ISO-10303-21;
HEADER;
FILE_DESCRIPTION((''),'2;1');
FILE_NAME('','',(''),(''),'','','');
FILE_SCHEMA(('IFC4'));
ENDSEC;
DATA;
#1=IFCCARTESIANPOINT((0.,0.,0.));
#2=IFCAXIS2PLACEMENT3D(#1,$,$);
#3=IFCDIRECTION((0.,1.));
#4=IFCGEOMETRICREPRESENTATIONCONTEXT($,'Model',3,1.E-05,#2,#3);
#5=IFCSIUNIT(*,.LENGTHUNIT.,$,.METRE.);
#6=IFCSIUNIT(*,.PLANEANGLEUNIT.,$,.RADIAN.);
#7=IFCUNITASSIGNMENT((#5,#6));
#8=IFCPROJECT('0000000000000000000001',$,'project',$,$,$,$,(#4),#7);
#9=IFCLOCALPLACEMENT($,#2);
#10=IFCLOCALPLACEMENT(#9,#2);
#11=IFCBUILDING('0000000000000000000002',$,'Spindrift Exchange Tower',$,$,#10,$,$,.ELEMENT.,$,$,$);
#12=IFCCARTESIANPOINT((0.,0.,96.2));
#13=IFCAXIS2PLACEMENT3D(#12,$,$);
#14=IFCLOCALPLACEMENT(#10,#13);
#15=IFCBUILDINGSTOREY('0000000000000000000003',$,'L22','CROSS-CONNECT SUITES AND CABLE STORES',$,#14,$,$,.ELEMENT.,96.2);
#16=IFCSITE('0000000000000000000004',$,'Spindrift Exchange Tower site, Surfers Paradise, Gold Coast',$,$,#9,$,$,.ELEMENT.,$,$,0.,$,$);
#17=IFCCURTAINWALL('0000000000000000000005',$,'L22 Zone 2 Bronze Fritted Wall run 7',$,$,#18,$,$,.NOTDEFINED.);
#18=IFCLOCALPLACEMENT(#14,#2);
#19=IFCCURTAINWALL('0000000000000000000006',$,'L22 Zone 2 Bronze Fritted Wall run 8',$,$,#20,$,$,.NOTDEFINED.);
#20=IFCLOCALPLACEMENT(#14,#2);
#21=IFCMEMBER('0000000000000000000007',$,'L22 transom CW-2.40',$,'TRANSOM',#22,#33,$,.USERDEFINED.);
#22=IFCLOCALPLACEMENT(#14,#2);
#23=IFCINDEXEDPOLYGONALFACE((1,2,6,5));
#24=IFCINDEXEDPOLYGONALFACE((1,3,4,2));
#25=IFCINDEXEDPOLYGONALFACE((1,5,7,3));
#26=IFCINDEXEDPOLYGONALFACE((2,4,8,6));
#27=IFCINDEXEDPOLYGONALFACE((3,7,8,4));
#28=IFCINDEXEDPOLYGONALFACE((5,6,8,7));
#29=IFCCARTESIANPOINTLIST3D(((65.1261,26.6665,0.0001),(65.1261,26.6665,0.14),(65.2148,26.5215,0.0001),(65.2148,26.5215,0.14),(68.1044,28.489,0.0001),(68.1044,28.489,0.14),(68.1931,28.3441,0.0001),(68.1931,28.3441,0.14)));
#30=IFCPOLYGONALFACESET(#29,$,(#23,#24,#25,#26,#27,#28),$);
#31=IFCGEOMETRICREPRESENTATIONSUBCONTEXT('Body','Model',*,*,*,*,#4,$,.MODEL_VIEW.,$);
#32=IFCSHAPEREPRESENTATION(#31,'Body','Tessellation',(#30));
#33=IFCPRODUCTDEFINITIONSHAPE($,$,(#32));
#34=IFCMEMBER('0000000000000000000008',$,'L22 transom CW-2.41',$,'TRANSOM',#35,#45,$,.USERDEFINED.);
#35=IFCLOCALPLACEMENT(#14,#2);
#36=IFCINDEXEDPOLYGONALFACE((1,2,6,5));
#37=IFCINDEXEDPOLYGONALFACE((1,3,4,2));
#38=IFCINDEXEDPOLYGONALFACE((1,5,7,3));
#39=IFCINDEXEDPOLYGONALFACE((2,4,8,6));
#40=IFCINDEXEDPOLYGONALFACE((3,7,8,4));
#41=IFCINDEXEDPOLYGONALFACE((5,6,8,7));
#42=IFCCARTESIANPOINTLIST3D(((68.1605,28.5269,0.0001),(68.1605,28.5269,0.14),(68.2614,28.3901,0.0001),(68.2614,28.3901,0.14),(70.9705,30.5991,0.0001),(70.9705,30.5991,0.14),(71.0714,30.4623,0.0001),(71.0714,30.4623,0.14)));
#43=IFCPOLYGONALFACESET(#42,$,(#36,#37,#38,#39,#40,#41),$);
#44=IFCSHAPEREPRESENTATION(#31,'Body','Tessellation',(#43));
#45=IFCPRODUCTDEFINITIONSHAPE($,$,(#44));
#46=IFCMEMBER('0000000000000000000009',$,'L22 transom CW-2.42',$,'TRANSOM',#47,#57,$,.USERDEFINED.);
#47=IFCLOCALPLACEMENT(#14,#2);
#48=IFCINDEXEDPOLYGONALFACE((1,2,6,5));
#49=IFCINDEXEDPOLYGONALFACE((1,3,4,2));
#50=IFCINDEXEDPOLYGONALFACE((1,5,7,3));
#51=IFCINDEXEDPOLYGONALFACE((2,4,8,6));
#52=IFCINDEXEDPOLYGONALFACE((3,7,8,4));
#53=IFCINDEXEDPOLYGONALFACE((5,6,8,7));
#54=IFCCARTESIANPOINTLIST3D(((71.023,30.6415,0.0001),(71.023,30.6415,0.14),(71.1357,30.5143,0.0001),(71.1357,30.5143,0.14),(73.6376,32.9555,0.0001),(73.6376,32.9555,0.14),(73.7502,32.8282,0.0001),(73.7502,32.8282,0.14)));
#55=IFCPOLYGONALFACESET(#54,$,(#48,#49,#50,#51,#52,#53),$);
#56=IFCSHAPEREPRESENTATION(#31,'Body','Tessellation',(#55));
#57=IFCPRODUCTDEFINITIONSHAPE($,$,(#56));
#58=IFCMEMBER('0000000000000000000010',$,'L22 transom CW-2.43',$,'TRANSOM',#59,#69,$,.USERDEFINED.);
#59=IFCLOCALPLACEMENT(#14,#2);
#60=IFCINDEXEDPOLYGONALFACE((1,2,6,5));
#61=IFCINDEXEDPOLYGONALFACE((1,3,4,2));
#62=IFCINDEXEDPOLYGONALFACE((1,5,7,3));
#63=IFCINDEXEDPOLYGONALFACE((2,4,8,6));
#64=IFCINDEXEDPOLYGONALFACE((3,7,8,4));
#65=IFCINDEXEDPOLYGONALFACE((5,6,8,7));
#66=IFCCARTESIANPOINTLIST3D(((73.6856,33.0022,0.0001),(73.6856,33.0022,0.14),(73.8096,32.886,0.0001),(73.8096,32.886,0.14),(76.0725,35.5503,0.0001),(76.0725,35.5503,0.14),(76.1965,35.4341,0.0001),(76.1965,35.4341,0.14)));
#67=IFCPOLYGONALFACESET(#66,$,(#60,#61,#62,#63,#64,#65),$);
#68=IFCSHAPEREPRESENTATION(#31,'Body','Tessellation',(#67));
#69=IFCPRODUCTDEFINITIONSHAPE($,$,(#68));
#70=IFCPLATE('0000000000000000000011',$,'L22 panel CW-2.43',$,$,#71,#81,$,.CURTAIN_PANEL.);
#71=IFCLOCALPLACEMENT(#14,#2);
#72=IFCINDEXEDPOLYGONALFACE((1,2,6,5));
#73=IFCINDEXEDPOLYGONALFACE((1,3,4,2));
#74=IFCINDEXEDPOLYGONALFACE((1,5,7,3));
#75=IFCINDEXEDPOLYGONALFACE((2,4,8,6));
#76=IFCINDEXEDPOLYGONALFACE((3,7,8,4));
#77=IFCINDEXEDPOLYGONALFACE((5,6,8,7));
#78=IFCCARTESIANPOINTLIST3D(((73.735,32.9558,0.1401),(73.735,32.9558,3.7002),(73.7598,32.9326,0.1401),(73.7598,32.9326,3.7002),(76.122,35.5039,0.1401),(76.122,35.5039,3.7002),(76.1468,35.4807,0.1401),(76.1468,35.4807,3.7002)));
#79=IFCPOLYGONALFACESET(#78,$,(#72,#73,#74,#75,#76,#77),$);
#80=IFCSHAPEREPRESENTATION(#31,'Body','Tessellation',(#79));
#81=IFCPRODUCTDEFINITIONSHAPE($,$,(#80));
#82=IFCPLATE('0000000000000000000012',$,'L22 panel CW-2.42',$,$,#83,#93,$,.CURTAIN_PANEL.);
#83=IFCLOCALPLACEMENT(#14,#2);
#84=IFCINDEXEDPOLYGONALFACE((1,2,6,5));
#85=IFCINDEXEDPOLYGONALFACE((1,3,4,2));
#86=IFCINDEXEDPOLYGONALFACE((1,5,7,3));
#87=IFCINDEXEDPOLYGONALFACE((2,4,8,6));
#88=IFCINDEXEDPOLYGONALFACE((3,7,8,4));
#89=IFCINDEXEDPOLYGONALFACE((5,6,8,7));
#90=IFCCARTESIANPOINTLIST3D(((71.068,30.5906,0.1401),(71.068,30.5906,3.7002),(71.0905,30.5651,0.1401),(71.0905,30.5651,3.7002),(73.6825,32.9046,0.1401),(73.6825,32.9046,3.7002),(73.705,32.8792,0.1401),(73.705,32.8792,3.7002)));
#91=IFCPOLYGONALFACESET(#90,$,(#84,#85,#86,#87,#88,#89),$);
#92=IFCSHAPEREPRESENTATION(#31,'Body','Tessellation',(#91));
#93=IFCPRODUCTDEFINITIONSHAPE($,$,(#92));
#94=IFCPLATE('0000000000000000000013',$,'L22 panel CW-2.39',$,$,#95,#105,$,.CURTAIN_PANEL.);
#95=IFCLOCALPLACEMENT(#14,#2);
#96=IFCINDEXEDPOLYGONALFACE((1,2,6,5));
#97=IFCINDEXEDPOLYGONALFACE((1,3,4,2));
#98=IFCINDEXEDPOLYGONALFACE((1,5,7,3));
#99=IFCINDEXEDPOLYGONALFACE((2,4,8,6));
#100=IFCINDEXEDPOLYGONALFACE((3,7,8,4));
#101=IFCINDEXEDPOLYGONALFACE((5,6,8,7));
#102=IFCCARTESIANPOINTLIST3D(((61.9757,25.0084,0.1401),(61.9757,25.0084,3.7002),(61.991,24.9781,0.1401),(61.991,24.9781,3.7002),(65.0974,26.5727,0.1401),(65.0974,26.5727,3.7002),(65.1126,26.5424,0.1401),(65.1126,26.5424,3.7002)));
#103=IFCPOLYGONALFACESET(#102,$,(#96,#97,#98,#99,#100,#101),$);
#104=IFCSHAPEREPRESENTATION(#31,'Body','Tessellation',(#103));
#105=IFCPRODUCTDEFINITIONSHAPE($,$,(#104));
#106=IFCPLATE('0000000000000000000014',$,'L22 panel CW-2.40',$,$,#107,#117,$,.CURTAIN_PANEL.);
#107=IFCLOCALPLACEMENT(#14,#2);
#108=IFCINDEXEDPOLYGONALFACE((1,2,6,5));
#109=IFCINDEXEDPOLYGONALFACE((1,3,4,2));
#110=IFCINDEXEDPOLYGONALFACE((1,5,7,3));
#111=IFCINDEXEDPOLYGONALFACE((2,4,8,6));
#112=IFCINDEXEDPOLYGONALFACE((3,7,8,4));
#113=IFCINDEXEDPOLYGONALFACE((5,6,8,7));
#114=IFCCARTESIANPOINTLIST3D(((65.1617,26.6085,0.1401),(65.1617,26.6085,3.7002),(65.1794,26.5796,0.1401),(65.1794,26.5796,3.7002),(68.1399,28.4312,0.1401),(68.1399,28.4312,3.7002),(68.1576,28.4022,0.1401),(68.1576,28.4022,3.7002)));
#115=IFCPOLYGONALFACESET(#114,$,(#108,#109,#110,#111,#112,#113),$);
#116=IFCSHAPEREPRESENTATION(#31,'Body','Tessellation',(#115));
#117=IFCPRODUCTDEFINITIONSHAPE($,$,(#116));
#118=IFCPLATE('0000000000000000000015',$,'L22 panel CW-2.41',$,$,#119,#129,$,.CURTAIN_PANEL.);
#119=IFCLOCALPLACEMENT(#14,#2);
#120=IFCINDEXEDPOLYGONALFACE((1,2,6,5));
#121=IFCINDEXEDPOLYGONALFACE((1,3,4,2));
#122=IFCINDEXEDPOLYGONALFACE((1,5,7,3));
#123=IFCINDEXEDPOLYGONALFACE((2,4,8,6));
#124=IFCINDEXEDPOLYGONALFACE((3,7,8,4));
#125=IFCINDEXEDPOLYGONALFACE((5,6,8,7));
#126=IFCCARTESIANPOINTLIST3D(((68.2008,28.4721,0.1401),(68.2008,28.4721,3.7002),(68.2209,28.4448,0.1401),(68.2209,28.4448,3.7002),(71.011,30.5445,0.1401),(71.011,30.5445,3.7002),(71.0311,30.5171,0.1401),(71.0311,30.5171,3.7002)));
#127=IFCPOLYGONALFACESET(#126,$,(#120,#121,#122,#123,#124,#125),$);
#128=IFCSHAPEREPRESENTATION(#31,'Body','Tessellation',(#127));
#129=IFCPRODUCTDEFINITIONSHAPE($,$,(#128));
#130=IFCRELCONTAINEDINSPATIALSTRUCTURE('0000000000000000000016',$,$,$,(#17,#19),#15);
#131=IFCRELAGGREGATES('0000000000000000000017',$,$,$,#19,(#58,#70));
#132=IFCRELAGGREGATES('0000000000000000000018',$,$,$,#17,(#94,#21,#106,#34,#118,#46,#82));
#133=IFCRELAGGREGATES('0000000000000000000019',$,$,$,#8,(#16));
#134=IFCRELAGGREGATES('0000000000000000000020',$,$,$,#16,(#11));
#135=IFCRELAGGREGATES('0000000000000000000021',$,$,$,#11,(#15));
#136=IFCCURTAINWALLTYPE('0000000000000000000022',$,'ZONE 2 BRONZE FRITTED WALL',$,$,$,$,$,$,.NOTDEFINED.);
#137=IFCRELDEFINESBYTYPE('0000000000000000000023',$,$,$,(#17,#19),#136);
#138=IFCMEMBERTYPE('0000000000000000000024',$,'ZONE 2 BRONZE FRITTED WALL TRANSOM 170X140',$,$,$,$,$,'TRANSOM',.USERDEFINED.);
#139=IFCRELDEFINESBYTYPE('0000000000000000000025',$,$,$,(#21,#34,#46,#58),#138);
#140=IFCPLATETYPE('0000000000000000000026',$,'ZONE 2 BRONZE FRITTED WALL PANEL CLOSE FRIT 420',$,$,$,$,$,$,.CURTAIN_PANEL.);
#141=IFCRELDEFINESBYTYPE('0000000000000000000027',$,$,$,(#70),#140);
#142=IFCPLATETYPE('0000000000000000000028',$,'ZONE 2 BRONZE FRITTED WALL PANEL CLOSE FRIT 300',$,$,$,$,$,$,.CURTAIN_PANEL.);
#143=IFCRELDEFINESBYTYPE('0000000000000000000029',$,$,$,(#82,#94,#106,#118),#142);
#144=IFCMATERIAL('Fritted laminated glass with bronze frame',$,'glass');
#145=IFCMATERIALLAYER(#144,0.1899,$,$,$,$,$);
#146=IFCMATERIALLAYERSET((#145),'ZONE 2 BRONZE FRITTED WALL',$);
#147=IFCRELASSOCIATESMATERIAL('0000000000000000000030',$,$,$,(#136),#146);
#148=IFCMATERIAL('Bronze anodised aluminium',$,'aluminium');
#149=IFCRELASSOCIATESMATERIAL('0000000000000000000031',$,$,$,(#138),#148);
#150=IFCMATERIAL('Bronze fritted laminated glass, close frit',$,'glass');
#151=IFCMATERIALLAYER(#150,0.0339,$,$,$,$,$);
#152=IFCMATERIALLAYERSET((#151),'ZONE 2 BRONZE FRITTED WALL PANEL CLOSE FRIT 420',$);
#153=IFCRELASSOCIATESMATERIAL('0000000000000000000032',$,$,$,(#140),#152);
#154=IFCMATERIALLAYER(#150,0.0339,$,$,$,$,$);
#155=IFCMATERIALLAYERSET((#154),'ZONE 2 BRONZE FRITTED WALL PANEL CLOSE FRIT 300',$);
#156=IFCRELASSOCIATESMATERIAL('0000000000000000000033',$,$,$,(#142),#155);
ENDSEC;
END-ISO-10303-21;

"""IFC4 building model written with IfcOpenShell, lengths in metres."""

from ifc_helpers import new_model, si_unit, direction, frame, origin, origin_2d, place, context, subcontext, project, spatial, rectangle, extrude, source, transform, mapped, material, layer, layer_set, material_profile, profile_set, type_object, element, aggregate, save


model = new_model("IFC4")

# Units and contexts
model_context = context("Model", 3, precision=1e-05, world=origin(), true_north=direction((0.0, 1.0)))
body_context = subcontext(model_context, "Body", "Model", "MODEL_VIEW")
ifc_project = project(units=[si_unit("LENGTHUNIT", "METRE"), si_unit("PLANEANGLEUNIT", "RADIAN")], contexts=[model_context])

# Site, building, storey
site_placement = place(None, origin())
site = spatial("IfcSite", under=ifc_project, at=site_placement, Name="Spindrift Exchange Tower site, Surfers Paradise, Gold Coast", CompositionType="ELEMENT", RefElevation=0.0)
building_placement = place(site_placement, origin())
building = spatial("IfcBuilding", under=site, at=building_placement, Name="Spindrift Exchange Tower", CompositionType="ELEMENT")
storey_placement = place(building_placement, frame((0.0, 0.0, 96.2)))
storey = spatial("IfcBuildingStorey", under=building, at=storey_placement, Name="L22", Description="CROSS-CONNECT SUITES AND CABLE STORES", CompositionType="ELEMENT", Elevation=96.2)

# Curtain walls
ifc_material_1 = material(Name="Fritted laminated glass with bronze frame", Category="glass")
ifc_layer_1 = layer(ifc_material_1, 0.1899)
ifc_layer_set_1 = layer_set([ifc_layer_1], Name="ZONE 2 BRONZE FRITTED WALL")
curtain_wall_type = type_object("IfcCurtainWallType", Name="ZONE 2 BRONZE FRITTED WALL", PredefinedType="NOTDEFINED", material=ifc_layer_set_1)
curtain_wall_1_placement = place(storey_placement, origin())
curtain_wall_1 = element("IfcCurtainWall", 1, at=curtain_wall_1_placement, inside=storey, type_object=curtain_wall_type, Name="L22 Zone 2 Bronze Fritted Wall run 7", PredefinedType="NOTDEFINED")
ifc_material_2 = material(Name="Bronze anodised aluminium", Category="aluminium")
curtain_wall_2_placement = place(storey_placement, origin())
curtain_wall_2 = element("IfcCurtainWall", 2, at=curtain_wall_2_placement, inside=storey, type_object=curtain_wall_type, Name="L22 Zone 2 Bronze Fritted Wall run 8", PredefinedType="NOTDEFINED")
ifc_material_profile_1 = material_profile(ifc_material_2, rectangle(XDim=0.1699, YDim=0.1399, at=origin_2d()), Name="ZONE 2 BRONZE FRITTED WALL TRANSOM 170X140")
ifc_profile_set_1 = profile_set([ifc_material_profile_1], Name="Bronze anodised aluminium")
member_type_1 = type_object("IfcMemberType", Name="ZONE 2 BRONZE FRITTED WALL TRANSOM 170X140", ElementType="TRANSOM", PredefinedType="USERDEFINED", material=ifc_profile_set_1)

# Members
shared_shape_1 = source(origin(), body_context, "Body", "SweptSolid", [
    extrude(rectangle(XDim=0.1699, YDim=0.1399, at=origin_2d()), origin(), (0.0, 0.0, 1.0), 3.4917),
])
member_1_placement = place(storey_placement, frame((65.1704, 26.594, 0.0701), z_axis=(0.852969, 0.521962, 0.0), x_axis=(-0.521962, 0.852969, 0.0)))
member_1 = element("IfcMember", 3, at=member_1_placement, type_object=member_type_1, Name="L22 transom CW-2.40", ObjectType="TRANSOM", PredefinedType="USERDEFINED", context=body_context, shape_type="MappedRepresentation", body=[
    mapped(shared_shape_1, transform((0.0, 0.0, 0.0), scale=1.0)),
])
shared_shape_2 = source(origin(), body_context, "Body", "SweptSolid", [
    extrude(rectangle(XDim=0.1699, YDim=0.1399, at=origin_2d()), origin(), (0.0, 0.0, 1.0), 3.4915),
])
member_2_placement = place(storey_placement, frame((68.2109, 28.4585, 0.0701), z_axis=(0.804824, 0.593514, 0.0), x_axis=(-0.593514, 0.804824, 0.0)))
member_2 = element("IfcMember", 4, at=member_2_placement, type_object=member_type_1, Name="L22 transom CW-2.41", ObjectType="TRANSOM", PredefinedType="USERDEFINED", context=body_context, shape_type="MappedRepresentation", body=[
    mapped(shared_shape_2, transform((0.0, 0.0, 0.0), scale=1.0)),
])
member_3_placement = place(storey_placement, frame((71.0793, 30.5779, 0.0701), z_axis=(0.748835, 0.662756, 0.0), x_axis=(-0.662756, 0.748835, 0.0)))
member_3 = element("IfcMember", 5, at=member_3_placement, type_object=member_type_1, Name="L22 transom CW-2.42", ObjectType="TRANSOM", PredefinedType="USERDEFINED", context=body_context, shape_type="MappedRepresentation", body=[
    mapped(shared_shape_2, transform((0.0, 0.0, 0.0), scale=1.0)),
])
member_4_placement = place(storey_placement, frame((73.7476, 32.9441, 0.0701), z_axis=(0.683655, 0.729805, 0.0), x_axis=(-0.729805, 0.683655, 0.0)))
member_4 = element("IfcMember", 6, at=member_4_placement, type_object=member_type_1, Name="L22 transom CW-2.43", ObjectType="TRANSOM", PredefinedType="USERDEFINED", context=body_context, shape_type="MappedRepresentation", body=[
    mapped(shared_shape_2, transform((0.0, 0.0, 0.0), scale=1.0)),
])

# Plates
ifc_material_3 = material(Name="Bronze fritted laminated glass, close frit", Category="glass")
ifc_layer_2 = layer(ifc_material_3, 0.0339)
ifc_layer_set_2 = layer_set([ifc_layer_2], Name="ZONE 2 BRONZE FRITTED WALL PANEL CLOSE FRIT 420")
plate_type_1 = type_object("IfcPlateType", Name="ZONE 2 BRONZE FRITTED WALL PANEL CLOSE FRIT 420", PredefinedType="CURTAIN_PANEL", material=ifc_layer_set_2)
shared_shape_3 = source(origin(), body_context, "Body", "SweptSolid", [
    extrude(rectangle(XDim=3.4915, YDim=0.0339, at=origin_2d()), origin(), (0.0, 0.0, 1.0), 3.5601),
])
plate_1_placement = place(storey_placement, frame((74.9409, 34.2183, 0.1401), z_axis=(0.0, 0.0, 1.0), x_axis=(0.683667, 0.729794, 0.0)))
plate_1 = element("IfcPlate", 7, at=plate_1_placement, type_object=plate_type_1, Name="L22 panel CW-2.43", PredefinedType="CURTAIN_PANEL", context=body_context, shape_type="MappedRepresentation", body=[
    mapped(shared_shape_3, transform((0.0, 0.0, 0.0), scale=1.0)),
])
aggregate(curtain_wall_2, [member_4, plate_1])
ifc_layer_3 = layer(ifc_material_3, 0.0339)
ifc_layer_set_3 = layer_set([ifc_layer_3], Name="ZONE 2 BRONZE FRITTED WALL PANEL CLOSE FRIT 300")
plate_type_2 = type_object("IfcPlateType", Name="ZONE 2 BRONZE FRITTED WALL PANEL CLOSE FRIT 300", PredefinedType="CURTAIN_PANEL", material=ifc_layer_set_3)
shared_shape_4 = source(origin(), body_context, "Body", "SweptSolid", [
    extrude(rectangle(XDim=3.4915, YDim=0.0339, at=origin_2d()), origin(), (0.0, 0.0, 1.0), 3.5601),
])
plate_2_placement = place(storey_placement, frame((72.3865, 31.7349, 0.1401), z_axis=(0.0, 0.0, 1.0), x_axis=(0.748822, 0.662772, 0.0)))
plate_2 = element("IfcPlate", 8, at=plate_2_placement, type_object=plate_type_2, Name="L22 panel CW-2.42", PredefinedType="CURTAIN_PANEL", context=body_context, shape_type="MappedRepresentation", body=[
    mapped(shared_shape_4, transform((0.0, 0.0, 0.0), scale=1.0)),
])
shared_shape_5 = source(origin(), body_context, "Body", "SweptSolid", [
    extrude(rectangle(XDim=3.4917, YDim=0.0339, at=origin_2d()), origin(), (0.0, 0.0, 1.0), 3.5601),
])
plate_3_placement = place(storey_placement, frame((63.5442, 25.7754, 0.1401), z_axis=(0.0, 0.0, 1.0), x_axis=(0.894028, 0.44801, 0.0)))
plate_3 = element("IfcPlate", 9, at=plate_3_placement, type_object=plate_type_2, Name="L22 panel CW-2.39", PredefinedType="CURTAIN_PANEL", context=body_context, shape_type="MappedRepresentation", body=[
    mapped(shared_shape_5, transform((0.0, 0.0, 0.0), scale=1.0)),
])
plate_4_placement = place(storey_placement, frame((66.6597, 27.5054, 0.1401), z_axis=(0.0, 0.0, 1.0), x_axis=(0.852947, 0.521997, 0.0)))
plate_4 = element("IfcPlate", 10, at=plate_4_placement, type_object=plate_type_2, Name="L22 panel CW-2.40", PredefinedType="CURTAIN_PANEL", context=body_context, shape_type="MappedRepresentation", body=[
    mapped(shared_shape_5, transform((0.0, 0.0, 0.0), scale=1.0)),
])
plate_5_placement = place(storey_placement, frame((69.616, 29.4946, 0.1401), z_axis=(0.0, 0.0, 1.0), x_axis=(0.804829, 0.593507, 0.0)))
plate_5 = element("IfcPlate", 11, at=plate_5_placement, type_object=plate_type_2, Name="L22 panel CW-2.41", PredefinedType="CURTAIN_PANEL", context=body_context, shape_type="MappedRepresentation", body=[
    mapped(shared_shape_5, transform((0.0, 0.0, 0.0), scale=1.0)),
])
aggregate(curtain_wall_1, [plate_3, member_1, plate_4, member_2, plate_5, member_3, plate_2])

save(model, "model.ifc")
